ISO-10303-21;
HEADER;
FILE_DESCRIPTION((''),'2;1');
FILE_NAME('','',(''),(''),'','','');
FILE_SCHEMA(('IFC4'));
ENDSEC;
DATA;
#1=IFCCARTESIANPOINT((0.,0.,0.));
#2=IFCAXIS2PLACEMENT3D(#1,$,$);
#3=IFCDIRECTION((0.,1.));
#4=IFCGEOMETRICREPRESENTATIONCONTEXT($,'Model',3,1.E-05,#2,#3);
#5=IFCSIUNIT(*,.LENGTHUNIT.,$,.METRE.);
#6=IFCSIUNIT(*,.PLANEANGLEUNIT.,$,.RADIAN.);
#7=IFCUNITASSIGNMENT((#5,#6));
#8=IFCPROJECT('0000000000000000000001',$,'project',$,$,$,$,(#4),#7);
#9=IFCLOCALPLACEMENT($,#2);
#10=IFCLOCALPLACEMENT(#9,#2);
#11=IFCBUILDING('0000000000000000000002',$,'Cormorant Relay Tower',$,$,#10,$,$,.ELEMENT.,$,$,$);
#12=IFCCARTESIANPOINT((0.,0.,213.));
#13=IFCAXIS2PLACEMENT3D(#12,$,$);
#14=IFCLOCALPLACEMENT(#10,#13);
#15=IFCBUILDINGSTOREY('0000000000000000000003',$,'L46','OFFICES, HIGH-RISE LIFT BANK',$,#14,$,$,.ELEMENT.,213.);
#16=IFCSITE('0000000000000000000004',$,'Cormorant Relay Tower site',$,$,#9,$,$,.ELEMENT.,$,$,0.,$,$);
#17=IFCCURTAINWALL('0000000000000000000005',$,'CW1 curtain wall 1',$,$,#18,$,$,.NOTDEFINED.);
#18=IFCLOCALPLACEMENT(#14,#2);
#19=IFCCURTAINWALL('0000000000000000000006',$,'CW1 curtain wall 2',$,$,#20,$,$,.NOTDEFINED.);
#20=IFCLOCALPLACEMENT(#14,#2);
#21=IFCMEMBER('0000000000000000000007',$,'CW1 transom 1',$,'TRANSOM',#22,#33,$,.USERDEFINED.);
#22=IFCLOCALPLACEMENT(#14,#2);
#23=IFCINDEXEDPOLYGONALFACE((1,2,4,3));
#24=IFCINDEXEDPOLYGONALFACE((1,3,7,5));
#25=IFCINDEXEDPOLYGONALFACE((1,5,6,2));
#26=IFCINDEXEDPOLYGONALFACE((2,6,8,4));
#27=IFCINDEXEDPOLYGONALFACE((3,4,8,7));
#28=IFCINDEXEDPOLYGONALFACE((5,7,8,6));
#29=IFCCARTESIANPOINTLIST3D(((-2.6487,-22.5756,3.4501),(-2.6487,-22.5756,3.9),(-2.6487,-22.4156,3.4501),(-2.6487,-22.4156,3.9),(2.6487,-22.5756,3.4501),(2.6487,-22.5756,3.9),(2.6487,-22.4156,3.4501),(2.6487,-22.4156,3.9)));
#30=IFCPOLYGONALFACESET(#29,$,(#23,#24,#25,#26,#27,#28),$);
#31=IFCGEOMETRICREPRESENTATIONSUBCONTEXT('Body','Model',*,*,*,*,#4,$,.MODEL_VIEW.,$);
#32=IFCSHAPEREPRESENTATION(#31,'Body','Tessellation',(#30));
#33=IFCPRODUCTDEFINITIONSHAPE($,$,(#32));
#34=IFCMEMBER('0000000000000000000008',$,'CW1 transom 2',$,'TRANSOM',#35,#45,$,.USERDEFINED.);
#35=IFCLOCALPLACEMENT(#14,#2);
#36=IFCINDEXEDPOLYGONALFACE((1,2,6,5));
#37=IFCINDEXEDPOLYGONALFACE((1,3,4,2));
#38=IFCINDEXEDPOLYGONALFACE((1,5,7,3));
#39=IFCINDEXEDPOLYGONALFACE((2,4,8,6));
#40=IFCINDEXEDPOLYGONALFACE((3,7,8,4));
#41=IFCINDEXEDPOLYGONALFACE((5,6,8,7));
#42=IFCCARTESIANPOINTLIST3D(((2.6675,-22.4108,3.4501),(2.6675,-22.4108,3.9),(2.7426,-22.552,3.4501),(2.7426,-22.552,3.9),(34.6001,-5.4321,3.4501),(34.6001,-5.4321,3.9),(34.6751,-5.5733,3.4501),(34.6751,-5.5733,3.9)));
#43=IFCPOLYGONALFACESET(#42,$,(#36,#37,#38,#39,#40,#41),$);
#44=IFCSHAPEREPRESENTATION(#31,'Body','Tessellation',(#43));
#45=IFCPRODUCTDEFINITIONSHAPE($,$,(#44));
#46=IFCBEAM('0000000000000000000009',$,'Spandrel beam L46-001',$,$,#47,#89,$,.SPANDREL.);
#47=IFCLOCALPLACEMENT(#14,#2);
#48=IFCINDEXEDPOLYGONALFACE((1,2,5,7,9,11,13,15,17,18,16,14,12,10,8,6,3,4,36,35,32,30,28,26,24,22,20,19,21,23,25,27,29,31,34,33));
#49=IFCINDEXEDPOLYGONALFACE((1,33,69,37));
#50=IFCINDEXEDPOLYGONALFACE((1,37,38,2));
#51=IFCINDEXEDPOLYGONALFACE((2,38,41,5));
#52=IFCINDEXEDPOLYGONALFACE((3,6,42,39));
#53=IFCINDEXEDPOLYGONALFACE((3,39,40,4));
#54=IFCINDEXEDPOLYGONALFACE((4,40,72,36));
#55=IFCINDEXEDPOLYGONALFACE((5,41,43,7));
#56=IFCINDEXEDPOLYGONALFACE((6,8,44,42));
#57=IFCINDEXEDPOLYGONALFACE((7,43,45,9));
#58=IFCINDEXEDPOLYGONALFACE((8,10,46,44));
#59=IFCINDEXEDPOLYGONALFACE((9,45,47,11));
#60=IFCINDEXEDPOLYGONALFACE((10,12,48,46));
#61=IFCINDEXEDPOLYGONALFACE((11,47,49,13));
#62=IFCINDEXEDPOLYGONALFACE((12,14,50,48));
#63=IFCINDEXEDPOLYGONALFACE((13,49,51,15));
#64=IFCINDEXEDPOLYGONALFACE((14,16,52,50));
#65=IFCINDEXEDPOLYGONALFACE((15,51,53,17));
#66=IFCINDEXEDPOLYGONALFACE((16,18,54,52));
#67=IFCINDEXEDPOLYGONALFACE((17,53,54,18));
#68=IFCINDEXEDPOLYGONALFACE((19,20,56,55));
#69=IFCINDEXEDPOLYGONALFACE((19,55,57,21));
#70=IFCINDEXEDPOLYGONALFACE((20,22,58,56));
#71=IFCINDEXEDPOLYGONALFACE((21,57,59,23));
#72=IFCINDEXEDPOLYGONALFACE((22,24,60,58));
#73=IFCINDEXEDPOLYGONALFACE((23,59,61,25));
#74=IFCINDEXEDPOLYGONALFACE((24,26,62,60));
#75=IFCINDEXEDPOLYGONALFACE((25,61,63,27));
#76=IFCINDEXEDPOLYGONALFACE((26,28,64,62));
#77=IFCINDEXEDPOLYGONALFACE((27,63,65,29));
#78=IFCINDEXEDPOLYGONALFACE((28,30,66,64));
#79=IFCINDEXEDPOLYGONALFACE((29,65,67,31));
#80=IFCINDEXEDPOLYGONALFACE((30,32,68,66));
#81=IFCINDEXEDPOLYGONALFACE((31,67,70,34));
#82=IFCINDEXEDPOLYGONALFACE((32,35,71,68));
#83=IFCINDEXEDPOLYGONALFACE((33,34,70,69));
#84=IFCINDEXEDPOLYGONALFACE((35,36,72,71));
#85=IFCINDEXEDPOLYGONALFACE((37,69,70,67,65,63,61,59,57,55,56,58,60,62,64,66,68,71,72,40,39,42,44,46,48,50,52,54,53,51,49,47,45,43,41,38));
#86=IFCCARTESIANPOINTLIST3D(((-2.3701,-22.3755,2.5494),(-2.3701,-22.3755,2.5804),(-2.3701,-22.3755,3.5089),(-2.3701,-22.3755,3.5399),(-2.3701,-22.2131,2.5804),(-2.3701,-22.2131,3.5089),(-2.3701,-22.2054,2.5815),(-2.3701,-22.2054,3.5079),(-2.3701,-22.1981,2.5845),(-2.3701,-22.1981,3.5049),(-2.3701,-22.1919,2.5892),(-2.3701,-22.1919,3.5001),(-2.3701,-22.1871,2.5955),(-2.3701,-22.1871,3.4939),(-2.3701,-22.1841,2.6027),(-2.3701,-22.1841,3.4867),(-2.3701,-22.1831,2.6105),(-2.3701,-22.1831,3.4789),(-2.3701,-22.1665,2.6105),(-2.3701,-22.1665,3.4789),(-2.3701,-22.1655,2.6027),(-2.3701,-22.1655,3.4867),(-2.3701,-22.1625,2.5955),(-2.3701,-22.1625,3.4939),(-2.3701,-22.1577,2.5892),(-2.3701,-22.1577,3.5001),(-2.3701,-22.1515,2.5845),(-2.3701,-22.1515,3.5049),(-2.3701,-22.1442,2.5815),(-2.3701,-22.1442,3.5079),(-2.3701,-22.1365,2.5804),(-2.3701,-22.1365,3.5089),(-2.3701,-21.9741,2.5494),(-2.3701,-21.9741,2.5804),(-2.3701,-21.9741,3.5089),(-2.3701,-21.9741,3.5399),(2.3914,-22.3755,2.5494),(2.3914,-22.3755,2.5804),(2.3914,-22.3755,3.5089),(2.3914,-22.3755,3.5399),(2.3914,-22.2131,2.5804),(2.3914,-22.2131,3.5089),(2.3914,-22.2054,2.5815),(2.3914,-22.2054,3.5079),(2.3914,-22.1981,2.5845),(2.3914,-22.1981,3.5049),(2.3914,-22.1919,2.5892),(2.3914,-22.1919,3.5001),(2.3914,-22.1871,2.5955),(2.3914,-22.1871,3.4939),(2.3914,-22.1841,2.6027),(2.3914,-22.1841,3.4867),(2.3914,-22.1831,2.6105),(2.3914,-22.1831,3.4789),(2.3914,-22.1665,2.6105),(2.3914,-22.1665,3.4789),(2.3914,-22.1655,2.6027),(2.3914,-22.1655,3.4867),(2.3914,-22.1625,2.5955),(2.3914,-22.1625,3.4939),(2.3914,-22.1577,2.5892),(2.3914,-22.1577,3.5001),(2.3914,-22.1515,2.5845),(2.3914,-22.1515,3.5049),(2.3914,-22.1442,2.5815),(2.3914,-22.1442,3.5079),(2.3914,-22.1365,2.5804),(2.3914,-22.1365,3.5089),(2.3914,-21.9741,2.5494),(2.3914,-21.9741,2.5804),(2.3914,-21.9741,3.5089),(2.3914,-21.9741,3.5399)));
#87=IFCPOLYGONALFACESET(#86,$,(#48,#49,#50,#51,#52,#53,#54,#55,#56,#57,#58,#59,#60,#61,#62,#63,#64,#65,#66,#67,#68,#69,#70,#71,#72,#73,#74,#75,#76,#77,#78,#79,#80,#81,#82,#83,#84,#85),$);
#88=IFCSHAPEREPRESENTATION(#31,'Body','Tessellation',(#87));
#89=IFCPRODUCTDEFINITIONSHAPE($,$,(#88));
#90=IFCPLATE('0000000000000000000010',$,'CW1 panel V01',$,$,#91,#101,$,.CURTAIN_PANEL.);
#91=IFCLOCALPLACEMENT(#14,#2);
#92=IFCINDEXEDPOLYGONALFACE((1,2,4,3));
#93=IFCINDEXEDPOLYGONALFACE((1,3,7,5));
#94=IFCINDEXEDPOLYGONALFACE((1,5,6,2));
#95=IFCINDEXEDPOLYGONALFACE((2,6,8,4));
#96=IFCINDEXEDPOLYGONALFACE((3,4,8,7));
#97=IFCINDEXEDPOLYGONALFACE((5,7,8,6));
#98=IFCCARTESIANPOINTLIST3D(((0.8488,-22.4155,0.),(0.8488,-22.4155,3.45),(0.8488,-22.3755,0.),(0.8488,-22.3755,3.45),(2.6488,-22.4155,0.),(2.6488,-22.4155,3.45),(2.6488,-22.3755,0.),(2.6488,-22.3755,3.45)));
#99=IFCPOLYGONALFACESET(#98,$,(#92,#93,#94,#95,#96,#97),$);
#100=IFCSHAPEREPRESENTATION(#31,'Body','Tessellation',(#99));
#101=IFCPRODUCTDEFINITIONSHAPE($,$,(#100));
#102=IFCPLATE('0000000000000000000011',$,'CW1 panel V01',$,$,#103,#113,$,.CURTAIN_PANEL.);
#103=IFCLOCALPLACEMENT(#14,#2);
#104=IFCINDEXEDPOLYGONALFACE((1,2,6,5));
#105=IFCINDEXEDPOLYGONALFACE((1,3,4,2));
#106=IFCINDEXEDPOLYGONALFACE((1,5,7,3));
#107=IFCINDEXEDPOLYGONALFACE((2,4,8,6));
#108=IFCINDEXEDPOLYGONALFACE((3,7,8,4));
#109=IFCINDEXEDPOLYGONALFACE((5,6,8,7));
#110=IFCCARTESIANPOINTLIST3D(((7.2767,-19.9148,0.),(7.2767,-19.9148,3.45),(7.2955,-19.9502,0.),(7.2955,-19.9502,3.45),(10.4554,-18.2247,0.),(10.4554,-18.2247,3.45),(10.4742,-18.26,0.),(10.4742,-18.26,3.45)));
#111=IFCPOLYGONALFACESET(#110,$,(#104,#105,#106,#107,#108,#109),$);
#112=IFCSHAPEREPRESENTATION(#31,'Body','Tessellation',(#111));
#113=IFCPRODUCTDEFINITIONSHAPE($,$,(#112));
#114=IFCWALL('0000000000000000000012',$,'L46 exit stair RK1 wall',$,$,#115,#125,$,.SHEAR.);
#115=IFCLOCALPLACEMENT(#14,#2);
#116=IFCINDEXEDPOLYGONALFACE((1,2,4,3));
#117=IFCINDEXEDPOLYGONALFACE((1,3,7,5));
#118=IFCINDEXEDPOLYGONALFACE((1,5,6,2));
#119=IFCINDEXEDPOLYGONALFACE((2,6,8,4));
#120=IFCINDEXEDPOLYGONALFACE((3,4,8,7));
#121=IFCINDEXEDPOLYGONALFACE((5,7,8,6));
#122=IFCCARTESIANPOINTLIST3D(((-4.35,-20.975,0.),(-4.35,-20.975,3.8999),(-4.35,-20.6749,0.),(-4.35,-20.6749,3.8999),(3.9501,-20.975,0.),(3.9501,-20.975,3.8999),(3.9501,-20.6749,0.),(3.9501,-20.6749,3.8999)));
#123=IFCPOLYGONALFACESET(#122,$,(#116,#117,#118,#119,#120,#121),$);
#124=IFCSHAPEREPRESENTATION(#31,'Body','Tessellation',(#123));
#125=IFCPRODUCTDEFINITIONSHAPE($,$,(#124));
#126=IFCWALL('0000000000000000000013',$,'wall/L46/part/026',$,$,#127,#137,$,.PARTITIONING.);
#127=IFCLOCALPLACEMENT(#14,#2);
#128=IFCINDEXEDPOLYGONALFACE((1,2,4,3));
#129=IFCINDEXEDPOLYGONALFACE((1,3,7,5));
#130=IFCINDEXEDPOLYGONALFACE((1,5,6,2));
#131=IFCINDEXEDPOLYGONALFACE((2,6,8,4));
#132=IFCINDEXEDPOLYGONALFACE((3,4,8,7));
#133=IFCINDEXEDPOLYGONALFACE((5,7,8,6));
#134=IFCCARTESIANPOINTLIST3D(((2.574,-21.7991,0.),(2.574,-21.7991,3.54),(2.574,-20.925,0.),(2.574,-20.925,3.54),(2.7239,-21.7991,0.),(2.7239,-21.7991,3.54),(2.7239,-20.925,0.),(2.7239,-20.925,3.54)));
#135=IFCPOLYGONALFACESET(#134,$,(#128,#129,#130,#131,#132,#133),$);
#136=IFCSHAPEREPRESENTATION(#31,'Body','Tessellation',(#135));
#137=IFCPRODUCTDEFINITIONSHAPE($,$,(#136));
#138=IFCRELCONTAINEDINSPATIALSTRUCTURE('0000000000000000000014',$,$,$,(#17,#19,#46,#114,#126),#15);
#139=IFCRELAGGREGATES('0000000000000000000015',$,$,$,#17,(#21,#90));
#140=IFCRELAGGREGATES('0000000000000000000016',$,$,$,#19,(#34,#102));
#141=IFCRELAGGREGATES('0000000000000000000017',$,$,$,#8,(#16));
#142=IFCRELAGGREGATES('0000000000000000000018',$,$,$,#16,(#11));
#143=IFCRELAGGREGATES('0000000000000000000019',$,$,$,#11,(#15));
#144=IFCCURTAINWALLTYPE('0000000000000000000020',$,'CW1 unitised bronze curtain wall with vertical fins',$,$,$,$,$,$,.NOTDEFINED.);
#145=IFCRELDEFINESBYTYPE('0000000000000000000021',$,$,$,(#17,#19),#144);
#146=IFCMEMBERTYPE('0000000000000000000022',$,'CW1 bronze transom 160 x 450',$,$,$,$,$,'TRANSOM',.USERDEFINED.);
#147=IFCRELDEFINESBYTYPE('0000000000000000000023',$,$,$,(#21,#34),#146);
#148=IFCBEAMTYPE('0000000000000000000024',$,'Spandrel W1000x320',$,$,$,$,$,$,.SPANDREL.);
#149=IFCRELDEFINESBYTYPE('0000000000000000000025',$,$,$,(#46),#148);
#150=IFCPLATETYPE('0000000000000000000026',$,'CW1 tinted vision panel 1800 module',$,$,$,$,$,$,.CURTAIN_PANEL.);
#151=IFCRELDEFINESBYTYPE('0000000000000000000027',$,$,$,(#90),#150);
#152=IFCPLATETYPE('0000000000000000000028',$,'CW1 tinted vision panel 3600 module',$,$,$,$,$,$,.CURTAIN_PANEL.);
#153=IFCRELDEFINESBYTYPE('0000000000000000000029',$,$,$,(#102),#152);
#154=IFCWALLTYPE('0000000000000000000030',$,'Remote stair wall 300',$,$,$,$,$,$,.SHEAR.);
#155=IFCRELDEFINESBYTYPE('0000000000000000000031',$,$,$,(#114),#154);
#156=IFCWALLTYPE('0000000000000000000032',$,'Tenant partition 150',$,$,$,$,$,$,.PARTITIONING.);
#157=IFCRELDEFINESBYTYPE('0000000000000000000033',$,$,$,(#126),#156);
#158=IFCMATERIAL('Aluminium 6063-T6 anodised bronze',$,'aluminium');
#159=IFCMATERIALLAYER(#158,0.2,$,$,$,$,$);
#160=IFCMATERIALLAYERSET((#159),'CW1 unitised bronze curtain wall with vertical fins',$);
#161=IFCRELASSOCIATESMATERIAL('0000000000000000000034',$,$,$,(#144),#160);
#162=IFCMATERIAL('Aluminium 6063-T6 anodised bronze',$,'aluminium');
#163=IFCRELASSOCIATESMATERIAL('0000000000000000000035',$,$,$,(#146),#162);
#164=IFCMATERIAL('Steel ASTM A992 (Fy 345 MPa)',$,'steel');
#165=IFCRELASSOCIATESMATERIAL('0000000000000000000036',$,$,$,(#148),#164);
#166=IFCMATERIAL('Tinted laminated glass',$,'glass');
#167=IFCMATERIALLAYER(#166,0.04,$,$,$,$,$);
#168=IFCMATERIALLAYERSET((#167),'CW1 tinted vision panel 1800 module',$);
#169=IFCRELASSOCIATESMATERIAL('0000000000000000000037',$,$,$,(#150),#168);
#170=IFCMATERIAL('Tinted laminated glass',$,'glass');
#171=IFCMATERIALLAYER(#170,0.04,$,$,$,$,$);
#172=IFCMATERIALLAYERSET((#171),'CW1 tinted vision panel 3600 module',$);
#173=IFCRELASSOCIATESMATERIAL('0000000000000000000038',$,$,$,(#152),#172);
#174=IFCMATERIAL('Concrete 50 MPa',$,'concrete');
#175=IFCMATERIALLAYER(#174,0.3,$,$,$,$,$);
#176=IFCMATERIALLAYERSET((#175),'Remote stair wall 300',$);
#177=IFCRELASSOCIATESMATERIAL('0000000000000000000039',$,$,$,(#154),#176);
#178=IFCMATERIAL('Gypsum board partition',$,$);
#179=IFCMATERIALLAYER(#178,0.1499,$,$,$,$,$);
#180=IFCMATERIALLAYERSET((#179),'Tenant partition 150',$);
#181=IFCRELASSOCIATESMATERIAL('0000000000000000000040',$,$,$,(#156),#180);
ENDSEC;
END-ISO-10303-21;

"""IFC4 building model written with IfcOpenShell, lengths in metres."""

from ifc_helpers import new_model, si_unit, direction, frame, frame_2d, origin, origin_2d, place, context, subcontext, project, spatial, rectangle, i_section, extrude, material, layer, layer_set, material_profile, profile_set, type_object, element, aggregate, save


model = new_model("IFC4")

# Units and contexts
model_context = context("Model", 3, precision=1e-05, world=origin(), true_north=direction((0.0, 1.0)))
body_context = subcontext(model_context, "Body", "Model", "MODEL_VIEW")
ifc_project = project(units=[si_unit("LENGTHUNIT", "METRE"), si_unit("PLANEANGLEUNIT", "RADIAN")], contexts=[model_context])

# Site, building, storey
site_placement = place(None, origin())
site = spatial("IfcSite", under=ifc_project, at=site_placement, Name="Cormorant Relay Tower site", CompositionType="ELEMENT", RefElevation=0.0)
building_placement = place(site_placement, origin())
building = spatial("IfcBuilding", under=site, at=building_placement, Name="Cormorant Relay Tower", CompositionType="ELEMENT")
storey_placement = place(building_placement, frame((0.0, 0.0, 213.0)))
storey = spatial("IfcBuildingStorey", under=building, at=storey_placement, Name="L46", Description="OFFICES, HIGH-RISE LIFT BANK", CompositionType="ELEMENT", Elevation=213.0)

# Curtain wall
ifc_material_1 = material(Name="Aluminium 6063-T6 anodised bronze", Category="aluminium")
ifc_layer_1 = layer(ifc_material_1, 0.2)
ifc_layer_set_1 = layer_set([ifc_layer_1], Name="CW1 unitised bronze curtain wall with vertical fins")
curtain_wall_type = type_object("IfcCurtainWallType", Name="CW1 unitised bronze curtain wall with vertical fins", PredefinedType="NOTDEFINED", material=ifc_layer_set_1)
curtain_wall_1_placement = place(storey_placement, origin())
curtain_wall_1 = element("IfcCurtainWall", 1, at=curtain_wall_1_placement, inside=storey, type_object=curtain_wall_type, Name="CW1 curtain wall 1", PredefinedType="NOTDEFINED")

# Curtain wall
curtain_wall_2_placement = place(storey_placement, origin())
curtain_wall_2 = element("IfcCurtainWall", 2, at=curtain_wall_2_placement, inside=storey, type_object=curtain_wall_type, Name="CW1 curtain wall 2", PredefinedType="NOTDEFINED")

# Members
ifc_material_2 = material(Name="Aluminium 6063-T6 anodised bronze", Category="aluminium")
ifc_material_profile_1 = material_profile(ifc_material_2, rectangle(XDim=0.1599, YDim=0.45, at=origin_2d()), Name="AL 160x450")
ifc_profile_set_1 = profile_set([ifc_material_profile_1], Name="Aluminium 6063-T6 anodised bronze")
member_type_1 = type_object("IfcMemberType", Name="CW1 bronze transom 160 x 450", ElementType="TRANSOM", PredefinedType="USERDEFINED", material=ifc_profile_set_1)
member_1_placement = place(storey_placement, frame((-2.6487, -22.4956, 3.675), z_axis=(1.0, 0.0, 0.0), x_axis=(0.0, 1.0, 0.0)))
member_1 = element("IfcMember", 3, at=member_1_placement, type_object=member_type_1, Name="CW1 transom 1", ObjectType="TRANSOM", PredefinedType="USERDEFINED", context=body_context, shape_type="SweptSolid", body=[
    extrude(rectangle(XDim=0.1599, YDim=0.45, at=origin_2d()), origin(), (0.0, 0.0, 1.0), 5.2974),
])
member_2_placement = place(storey_placement, frame((2.7051, -22.4814, 3.675), z_axis=(0.882949, 0.469469, 0.0), x_axis=(-0.469469, 0.882949, 0.0)))
member_2 = element("IfcMember", 4, at=member_2_placement, type_object=member_type_1, Name="CW1 transom 2", ObjectType="TRANSOM", PredefinedType="USERDEFINED", context=body_context, shape_type="SweptSolid", body=[
    extrude(rectangle(XDim=0.1599, YDim=0.45, at=origin_2d()), origin(), (0.0, 0.0, 1.0), 36.1658),
])

# Beam
ifc_material_3 = material(Name="Steel ASTM A992 (Fy 345 MPa)", Category="steel")
ifc_material_profile_2 = material_profile(ifc_material_3, i_section(OverallWidth=0.4014, OverallDepth=0.9905, WebThickness=0.0166, FlangeThickness=0.031, FilletRadius=0.03, at=origin_2d()), Name="W1000x320")
ifc_profile_set_2 = profile_set([ifc_material_profile_2], Name="Steel ASTM A992 (Fy 345 MPa)")
beam_type = type_object("IfcBeamType", Name="Spandrel W1000x320", PredefinedType="SPANDREL", material=ifc_profile_set_2)
beam_placement = place(storey_placement, frame((-2.3701, -22.1748, 3.0447), z_axis=(1.0, 0.0, 0.0), x_axis=(0.0, 1.0, 0.0)))
element("IfcBeam", 5, at=beam_placement, inside=storey, type_object=beam_type, Name="Spandrel beam L46-001", PredefinedType="SPANDREL", context=body_context, shape_type="SweptSolid", body=[
    extrude(i_section(OverallWidth=0.4014, OverallDepth=0.9905, WebThickness=0.0166, FlangeThickness=0.031, FilletRadius=0.03, at=origin_2d()), origin(), (0.0, 0.0, 1.0), 4.7615),
])

# Plates
ifc_material_4 = material(Name="Tinted laminated glass", Category="glass")
ifc_layer_2 = layer(ifc_material_4, 0.04)
ifc_layer_set_2 = layer_set([ifc_layer_2], Name="CW1 tinted vision panel 1800 module")
plate_type_1 = type_object("IfcPlateType", Name="CW1 tinted vision panel 1800 module", PredefinedType="CURTAIN_PANEL", material=ifc_layer_set_2)
plate_1_placement = place(storey_placement, frame((1.7488, -22.3955, 0.0), z_axis=(0.0, 0.0, 1.0), x_axis=(1.0, 0.0, 0.0)))
plate_1 = element("IfcPlate", 6, at=plate_1_placement, type_object=plate_type_1, Name="CW1 panel V01", PredefinedType="CURTAIN_PANEL", context=body_context, shape_type="SweptSolid", body=[
    extrude(rectangle(XDim=1.8, YDim=0.04, at=origin_2d()), origin(), (0.0, 0.0, 1.0), 3.45),
])
ifc_material_5 = material(Name="Tinted laminated glass", Category="glass")
ifc_layer_3 = layer(ifc_material_5, 0.04)
ifc_layer_set_3 = layer_set([ifc_layer_3], Name="CW1 tinted vision panel 3600 module")
plate_type_2 = type_object("IfcPlateType", Name="CW1 tinted vision panel 3600 module", PredefinedType="CURTAIN_PANEL", material=ifc_layer_set_3)
plate_2_placement = place(storey_placement, frame((8.8755, -19.0874, 0.0), z_axis=(0.0, 0.0, 1.0), x_axis=(0.882948, 0.469472, 0.0)))
plate_2 = element("IfcPlate", 7, at=plate_2_placement, type_object=plate_type_2, Name="CW1 panel V01", PredefinedType="CURTAIN_PANEL", context=body_context, shape_type="SweptSolid", body=[
    extrude(rectangle(XDim=3.6001, YDim=0.04, at=origin_2d()), origin(), (0.0, 0.0, 1.0), 3.45),
])

# Walls
ifc_material_6 = material(Name="Concrete 50 MPa", Category="concrete")
ifc_layer_4 = layer(ifc_material_6, 0.3)
ifc_layer_set_4 = layer_set([ifc_layer_4], Name="Remote stair wall 300")
wall_type_1 = type_object("IfcWallType", Name="Remote stair wall 300", PredefinedType="SHEAR", material=ifc_layer_set_4)
wall_1_placement = place(storey_placement, frame((3.95, -20.825, 0.0), z_axis=(0.0, 0.0, 1.0), x_axis=(-1.0, 0.0, 0.0)))
element("IfcWall", 8, at=wall_1_placement, inside=storey, type_object=wall_type_1, Name="L46 exit stair RK1 wall", PredefinedType="SHEAR", context=body_context, shape_type="SweptSolid", body=[
    extrude(rectangle(XDim=8.3, YDim=0.3, at=frame_2d((4.1499, 0.0))), origin(), (0.0, 0.0, 1.0), 3.8999),
])
ifc_material_7 = material(Name="Gypsum board partition")
ifc_layer_5 = layer(ifc_material_7, 0.1499)
ifc_layer_set_5 = layer_set([ifc_layer_5], Name="Tenant partition 150")
wall_type_2 = type_object("IfcWallType", Name="Tenant partition 150", PredefinedType="PARTITIONING", material=ifc_layer_set_5)
wall_2_placement = place(storey_placement, frame((2.6489, -21.7991, 0.0), z_axis=(0.0, 0.0, 1.0), x_axis=(0.0, 1.0, 0.0)))
element("IfcWall", 9, at=wall_2_placement, inside=storey, type_object=wall_type_2, Name="wall/L46/part/026", PredefinedType="PARTITIONING", context=body_context, shape_type="SweptSolid", body=[
    extrude(rectangle(XDim=0.874, YDim=0.1499, at=frame_2d((0.437, 0.0))), origin(), (0.0, 0.0, 1.0), 3.54),
])

aggregate(curtain_wall_1, [member_1, plate_1])
aggregate(curtain_wall_2, [member_2, plate_2])

save(model, "model.ifc")
